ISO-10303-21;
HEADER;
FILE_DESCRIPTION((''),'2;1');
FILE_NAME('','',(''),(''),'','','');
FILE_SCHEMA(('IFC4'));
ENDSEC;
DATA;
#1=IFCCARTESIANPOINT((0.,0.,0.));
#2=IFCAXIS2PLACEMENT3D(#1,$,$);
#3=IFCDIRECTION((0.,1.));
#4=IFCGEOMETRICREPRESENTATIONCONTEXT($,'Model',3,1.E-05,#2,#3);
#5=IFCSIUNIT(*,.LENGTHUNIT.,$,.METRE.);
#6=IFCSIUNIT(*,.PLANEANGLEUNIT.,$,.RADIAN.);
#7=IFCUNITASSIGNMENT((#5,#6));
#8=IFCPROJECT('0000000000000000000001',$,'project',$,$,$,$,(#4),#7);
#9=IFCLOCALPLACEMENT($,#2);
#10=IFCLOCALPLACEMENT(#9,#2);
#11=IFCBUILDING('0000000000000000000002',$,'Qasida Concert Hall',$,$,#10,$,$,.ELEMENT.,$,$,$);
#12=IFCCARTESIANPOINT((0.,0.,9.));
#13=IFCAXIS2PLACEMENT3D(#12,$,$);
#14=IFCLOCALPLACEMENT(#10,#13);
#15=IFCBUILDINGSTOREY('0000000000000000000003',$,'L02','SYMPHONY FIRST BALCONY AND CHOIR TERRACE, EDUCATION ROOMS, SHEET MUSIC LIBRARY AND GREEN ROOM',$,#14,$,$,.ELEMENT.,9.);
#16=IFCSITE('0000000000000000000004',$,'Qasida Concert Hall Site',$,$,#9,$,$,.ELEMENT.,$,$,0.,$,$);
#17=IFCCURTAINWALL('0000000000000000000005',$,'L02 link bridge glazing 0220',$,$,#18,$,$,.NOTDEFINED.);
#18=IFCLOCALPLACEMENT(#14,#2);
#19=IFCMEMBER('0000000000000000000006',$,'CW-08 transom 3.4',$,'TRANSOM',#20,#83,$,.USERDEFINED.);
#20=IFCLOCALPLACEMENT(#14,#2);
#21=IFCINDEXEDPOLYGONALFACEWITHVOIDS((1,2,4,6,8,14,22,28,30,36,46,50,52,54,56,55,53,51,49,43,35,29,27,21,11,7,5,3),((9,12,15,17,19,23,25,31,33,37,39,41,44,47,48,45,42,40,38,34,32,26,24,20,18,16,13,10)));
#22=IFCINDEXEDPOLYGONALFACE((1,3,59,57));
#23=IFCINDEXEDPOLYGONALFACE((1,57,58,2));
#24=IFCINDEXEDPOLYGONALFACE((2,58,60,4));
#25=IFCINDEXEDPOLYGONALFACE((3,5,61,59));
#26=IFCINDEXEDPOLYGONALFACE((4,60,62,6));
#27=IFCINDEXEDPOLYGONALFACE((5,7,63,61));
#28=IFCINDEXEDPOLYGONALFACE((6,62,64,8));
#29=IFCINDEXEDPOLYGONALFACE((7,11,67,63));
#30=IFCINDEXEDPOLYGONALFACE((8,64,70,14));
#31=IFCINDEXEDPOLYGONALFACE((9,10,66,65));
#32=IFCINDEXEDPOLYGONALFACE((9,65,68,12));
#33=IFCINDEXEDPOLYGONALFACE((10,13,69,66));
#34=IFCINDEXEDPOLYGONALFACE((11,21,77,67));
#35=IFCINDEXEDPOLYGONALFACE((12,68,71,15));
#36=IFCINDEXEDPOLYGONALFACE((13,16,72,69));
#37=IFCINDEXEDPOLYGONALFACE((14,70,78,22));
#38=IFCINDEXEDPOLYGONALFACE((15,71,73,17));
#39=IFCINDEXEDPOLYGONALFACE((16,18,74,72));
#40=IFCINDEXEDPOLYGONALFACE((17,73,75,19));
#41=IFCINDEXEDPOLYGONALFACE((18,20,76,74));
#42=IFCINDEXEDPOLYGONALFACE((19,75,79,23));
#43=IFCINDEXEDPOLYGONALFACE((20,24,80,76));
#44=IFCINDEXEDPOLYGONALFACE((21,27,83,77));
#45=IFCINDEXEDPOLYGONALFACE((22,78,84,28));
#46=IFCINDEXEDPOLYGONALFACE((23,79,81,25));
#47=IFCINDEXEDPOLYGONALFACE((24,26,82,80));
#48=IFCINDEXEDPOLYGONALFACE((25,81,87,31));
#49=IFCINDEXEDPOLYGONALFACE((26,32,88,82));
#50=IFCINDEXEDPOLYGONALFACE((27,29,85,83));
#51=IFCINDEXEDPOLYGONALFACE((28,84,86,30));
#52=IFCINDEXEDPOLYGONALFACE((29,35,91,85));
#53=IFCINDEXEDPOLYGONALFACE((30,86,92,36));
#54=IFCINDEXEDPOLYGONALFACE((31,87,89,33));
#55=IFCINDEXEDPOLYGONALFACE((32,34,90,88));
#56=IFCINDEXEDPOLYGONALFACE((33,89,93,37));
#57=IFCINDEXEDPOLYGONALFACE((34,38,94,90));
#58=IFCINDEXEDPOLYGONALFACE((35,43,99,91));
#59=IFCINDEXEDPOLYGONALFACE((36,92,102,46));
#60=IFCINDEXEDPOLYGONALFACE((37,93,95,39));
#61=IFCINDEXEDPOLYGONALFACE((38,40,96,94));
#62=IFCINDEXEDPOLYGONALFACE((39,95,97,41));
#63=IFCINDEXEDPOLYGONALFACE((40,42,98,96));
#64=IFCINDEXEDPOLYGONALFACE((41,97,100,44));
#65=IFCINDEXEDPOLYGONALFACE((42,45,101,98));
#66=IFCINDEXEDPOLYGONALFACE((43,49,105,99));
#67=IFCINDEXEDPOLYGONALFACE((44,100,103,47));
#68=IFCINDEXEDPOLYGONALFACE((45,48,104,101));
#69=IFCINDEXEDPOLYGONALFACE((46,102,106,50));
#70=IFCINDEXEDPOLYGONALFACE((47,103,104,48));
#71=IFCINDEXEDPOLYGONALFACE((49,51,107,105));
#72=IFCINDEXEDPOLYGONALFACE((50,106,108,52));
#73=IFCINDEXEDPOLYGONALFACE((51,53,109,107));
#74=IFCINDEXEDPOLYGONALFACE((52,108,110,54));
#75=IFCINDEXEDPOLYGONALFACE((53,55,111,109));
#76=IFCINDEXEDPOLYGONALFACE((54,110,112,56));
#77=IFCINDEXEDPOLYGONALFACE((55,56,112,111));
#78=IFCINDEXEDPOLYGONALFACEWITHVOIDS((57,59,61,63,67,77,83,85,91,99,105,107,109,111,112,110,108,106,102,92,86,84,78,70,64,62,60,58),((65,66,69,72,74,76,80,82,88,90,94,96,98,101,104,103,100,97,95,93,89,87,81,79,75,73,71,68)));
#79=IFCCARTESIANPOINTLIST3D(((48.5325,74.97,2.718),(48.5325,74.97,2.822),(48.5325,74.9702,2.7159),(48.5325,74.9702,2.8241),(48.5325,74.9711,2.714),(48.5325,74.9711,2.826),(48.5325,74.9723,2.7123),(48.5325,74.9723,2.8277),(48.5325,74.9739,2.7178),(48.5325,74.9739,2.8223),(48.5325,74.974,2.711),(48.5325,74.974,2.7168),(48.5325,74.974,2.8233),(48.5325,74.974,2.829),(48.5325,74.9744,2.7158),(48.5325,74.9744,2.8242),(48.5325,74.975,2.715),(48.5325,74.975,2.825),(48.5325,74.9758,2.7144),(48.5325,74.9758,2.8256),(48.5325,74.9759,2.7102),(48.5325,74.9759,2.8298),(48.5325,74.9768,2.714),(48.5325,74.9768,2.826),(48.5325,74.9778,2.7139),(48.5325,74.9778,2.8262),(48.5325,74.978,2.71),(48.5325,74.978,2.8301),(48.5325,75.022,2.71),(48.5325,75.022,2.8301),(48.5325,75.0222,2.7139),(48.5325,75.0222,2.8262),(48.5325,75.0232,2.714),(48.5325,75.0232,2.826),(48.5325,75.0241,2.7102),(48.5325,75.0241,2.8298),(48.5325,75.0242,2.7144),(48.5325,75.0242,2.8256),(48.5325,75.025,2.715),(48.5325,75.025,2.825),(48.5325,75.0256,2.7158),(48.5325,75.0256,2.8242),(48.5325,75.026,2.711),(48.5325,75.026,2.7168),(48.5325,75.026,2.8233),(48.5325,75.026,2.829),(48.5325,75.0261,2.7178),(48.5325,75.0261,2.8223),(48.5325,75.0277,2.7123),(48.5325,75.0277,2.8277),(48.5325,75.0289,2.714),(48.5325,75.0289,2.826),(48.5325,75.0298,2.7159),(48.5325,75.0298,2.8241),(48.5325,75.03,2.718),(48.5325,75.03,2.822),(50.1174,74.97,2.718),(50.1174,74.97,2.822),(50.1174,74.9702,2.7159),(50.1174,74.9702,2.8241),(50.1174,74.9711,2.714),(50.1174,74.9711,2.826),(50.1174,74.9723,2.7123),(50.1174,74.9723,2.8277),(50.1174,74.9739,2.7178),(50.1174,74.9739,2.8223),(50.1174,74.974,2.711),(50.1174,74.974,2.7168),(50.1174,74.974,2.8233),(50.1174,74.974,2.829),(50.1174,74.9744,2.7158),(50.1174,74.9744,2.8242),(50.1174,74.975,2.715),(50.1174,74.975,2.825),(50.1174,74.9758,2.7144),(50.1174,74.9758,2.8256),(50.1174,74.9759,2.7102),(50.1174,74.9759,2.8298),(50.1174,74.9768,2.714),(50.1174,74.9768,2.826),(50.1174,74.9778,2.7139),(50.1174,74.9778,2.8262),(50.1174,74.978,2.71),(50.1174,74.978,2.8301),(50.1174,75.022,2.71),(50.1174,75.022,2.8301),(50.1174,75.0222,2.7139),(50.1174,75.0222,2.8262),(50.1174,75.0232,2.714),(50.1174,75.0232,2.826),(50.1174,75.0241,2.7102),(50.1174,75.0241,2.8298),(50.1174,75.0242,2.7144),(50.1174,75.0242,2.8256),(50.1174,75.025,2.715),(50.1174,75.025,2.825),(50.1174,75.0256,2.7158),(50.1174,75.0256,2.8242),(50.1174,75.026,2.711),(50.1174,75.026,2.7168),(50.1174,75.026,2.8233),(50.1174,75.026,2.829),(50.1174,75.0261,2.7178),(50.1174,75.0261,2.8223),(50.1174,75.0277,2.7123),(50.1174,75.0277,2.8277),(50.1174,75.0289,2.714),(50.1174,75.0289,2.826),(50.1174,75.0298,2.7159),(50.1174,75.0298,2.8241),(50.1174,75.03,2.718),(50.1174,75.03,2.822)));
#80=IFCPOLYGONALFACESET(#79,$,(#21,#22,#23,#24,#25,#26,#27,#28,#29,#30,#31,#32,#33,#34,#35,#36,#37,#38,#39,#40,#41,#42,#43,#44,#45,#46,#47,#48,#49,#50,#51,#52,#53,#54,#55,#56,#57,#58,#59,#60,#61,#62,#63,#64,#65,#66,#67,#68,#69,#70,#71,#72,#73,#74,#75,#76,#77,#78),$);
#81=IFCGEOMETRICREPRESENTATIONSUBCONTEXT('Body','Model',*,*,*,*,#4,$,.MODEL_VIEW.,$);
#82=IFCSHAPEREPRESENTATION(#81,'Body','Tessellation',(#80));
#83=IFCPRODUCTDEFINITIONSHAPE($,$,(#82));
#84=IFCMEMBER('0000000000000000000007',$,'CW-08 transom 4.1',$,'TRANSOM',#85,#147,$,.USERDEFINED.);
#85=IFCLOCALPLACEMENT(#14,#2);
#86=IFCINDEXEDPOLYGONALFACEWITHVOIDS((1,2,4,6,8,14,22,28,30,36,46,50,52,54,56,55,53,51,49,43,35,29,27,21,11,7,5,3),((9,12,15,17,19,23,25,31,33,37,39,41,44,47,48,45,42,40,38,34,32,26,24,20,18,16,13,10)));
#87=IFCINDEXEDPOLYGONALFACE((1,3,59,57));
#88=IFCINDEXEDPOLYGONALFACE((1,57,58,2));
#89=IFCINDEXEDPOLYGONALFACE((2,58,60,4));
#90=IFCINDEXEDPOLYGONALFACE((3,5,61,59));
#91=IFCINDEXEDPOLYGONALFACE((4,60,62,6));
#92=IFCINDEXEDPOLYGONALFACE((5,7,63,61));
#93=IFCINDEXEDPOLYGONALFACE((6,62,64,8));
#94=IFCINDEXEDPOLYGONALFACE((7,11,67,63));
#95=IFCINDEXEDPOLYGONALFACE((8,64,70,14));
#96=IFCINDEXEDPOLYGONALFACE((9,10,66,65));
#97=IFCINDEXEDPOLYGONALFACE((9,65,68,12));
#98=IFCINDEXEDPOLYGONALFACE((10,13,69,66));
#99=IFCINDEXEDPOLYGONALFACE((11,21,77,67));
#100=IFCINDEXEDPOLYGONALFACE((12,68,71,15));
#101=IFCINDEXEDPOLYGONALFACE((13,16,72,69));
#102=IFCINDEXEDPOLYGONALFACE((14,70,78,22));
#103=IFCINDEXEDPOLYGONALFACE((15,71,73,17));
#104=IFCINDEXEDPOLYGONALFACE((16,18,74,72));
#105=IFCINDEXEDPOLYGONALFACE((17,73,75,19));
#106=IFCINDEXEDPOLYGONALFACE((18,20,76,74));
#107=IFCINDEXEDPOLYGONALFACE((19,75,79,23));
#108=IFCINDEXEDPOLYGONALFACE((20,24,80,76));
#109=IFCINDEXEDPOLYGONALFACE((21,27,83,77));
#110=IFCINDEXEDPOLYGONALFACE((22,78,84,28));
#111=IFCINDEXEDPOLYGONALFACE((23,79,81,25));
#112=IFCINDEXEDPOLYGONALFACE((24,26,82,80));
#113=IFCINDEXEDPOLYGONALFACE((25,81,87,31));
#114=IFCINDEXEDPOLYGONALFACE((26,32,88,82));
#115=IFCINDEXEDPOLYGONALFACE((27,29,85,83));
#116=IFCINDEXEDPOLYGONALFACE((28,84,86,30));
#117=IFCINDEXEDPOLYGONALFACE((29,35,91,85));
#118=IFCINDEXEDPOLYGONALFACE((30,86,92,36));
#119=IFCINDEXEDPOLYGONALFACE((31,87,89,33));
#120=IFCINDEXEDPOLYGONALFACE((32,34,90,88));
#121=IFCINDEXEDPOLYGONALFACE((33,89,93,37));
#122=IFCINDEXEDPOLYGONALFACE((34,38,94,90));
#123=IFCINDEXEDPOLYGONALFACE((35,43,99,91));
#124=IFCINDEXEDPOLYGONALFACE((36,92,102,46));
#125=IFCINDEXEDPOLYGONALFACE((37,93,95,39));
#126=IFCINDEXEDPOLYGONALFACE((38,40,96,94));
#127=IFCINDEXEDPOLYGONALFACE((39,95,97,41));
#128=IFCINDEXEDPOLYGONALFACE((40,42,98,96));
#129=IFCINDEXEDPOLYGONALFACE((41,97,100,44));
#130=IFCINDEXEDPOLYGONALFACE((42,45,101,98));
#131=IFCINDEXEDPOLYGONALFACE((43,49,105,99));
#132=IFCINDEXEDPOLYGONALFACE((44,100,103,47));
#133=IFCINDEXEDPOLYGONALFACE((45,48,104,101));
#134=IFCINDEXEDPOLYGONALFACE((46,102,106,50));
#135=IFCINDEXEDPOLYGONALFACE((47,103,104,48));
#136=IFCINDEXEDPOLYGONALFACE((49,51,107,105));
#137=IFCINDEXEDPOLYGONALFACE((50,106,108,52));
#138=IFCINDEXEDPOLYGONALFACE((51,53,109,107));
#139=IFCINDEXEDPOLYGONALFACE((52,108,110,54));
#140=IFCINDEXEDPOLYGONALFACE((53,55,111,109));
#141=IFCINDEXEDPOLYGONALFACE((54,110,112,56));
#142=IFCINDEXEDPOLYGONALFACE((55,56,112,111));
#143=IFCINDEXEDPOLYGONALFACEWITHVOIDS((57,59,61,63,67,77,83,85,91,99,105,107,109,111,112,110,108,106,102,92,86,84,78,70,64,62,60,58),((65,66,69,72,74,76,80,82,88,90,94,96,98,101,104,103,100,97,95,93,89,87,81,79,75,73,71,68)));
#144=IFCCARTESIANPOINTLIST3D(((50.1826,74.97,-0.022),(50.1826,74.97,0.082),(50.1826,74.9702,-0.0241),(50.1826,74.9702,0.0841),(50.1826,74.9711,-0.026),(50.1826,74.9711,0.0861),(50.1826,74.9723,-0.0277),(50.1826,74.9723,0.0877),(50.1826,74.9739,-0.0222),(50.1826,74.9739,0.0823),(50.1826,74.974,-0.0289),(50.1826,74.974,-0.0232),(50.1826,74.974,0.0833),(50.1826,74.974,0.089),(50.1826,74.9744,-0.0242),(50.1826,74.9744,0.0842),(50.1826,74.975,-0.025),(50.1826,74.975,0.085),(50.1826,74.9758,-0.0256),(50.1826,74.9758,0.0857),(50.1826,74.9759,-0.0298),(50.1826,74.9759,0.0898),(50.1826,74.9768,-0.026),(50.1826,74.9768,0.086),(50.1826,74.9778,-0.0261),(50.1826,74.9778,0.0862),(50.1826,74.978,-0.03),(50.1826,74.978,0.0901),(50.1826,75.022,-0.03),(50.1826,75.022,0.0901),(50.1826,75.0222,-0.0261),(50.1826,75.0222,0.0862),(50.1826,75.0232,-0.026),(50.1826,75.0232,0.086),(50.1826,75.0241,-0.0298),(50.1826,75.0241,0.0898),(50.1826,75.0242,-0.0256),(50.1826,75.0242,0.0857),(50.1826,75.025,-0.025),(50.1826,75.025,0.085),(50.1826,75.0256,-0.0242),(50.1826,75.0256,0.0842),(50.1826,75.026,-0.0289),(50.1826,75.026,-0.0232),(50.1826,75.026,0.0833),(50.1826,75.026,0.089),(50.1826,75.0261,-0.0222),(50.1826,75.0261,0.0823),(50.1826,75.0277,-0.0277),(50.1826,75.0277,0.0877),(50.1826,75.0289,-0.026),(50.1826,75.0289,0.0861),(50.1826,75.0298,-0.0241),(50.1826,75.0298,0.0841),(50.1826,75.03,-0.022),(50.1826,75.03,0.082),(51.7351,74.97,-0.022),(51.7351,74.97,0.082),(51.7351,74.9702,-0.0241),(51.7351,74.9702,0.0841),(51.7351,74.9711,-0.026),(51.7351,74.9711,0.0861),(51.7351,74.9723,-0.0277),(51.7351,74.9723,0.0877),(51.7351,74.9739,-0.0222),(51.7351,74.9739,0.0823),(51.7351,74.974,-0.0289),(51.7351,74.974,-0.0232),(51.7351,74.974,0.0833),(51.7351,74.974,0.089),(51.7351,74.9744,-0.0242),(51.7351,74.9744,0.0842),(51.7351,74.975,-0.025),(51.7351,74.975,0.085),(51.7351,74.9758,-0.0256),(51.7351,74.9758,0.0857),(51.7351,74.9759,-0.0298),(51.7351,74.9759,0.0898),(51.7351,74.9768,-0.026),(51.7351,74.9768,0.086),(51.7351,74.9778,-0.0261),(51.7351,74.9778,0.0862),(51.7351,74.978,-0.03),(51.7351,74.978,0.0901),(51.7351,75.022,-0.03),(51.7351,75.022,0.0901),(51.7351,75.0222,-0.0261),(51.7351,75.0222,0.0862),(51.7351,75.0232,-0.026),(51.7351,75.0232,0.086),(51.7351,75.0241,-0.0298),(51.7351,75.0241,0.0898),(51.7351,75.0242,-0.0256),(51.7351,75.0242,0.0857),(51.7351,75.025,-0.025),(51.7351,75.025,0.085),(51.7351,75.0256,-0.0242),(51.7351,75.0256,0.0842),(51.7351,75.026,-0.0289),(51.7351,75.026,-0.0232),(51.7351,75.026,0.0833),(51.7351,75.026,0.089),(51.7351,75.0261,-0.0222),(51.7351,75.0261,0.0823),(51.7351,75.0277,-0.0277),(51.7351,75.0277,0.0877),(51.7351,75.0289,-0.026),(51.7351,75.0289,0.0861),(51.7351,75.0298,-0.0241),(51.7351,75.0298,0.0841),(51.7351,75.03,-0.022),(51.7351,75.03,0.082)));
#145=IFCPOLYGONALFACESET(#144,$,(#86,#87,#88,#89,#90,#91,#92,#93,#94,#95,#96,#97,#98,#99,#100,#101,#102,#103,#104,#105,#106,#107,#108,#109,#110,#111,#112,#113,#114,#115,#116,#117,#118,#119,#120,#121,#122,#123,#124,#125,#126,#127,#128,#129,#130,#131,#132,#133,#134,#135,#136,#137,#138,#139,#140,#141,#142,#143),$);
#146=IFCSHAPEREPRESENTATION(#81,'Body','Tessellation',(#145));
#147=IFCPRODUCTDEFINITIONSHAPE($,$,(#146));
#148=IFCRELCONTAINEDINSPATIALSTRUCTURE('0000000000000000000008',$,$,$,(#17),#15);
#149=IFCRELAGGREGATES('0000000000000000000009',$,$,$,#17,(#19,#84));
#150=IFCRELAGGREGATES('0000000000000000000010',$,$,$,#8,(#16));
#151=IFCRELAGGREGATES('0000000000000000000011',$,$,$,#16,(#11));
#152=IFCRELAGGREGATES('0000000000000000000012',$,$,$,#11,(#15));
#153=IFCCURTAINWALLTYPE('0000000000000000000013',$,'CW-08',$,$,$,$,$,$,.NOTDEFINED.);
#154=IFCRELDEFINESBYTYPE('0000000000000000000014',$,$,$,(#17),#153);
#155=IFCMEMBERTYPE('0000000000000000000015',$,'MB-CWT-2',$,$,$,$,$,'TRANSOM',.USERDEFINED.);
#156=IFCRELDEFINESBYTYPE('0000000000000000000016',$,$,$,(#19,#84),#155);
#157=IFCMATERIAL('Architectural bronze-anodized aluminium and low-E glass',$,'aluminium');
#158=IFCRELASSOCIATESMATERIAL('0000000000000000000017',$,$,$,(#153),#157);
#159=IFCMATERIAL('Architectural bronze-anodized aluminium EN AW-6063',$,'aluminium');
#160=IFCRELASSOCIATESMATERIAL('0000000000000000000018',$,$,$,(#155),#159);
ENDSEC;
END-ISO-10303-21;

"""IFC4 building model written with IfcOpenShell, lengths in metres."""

from ifc_helpers import new_model, si_unit, direction, frame, origin, origin_2d, place, context, subcontext, project, spatial, hollow_rectangle, extrude, material, material_profile, profile_set, type_object, element, aggregate, save


model = new_model("IFC4")

# Units and contexts
model_context = context("Model", 3, precision=1e-05, world=origin(), true_north=direction((0.0, 1.0)))
body_context = subcontext(model_context, "Body", "Model", "MODEL_VIEW")
ifc_project = project(units=[si_unit("LENGTHUNIT", "METRE"), si_unit("PLANEANGLEUNIT", "RADIAN")], contexts=[model_context])

# Site, building, storey
site_placement = place(None, origin())
site = spatial("IfcSite", under=ifc_project, at=site_placement, Name="Qasida Concert Hall Site", CompositionType="ELEMENT", RefElevation=0.0)
building_placement = place(site_placement, origin())
building = spatial("IfcBuilding", under=site, at=building_placement, Name="Qasida Concert Hall", CompositionType="ELEMENT")
storey_placement = place(building_placement, frame((0.0, 0.0, 9.0)))
storey = spatial("IfcBuildingStorey", under=building, at=storey_placement, Name="L02", Description="SYMPHONY FIRST BALCONY AND CHOIR TERRACE, EDUCATION ROOMS, SHEET MUSIC LIBRARY AND GREEN ROOM", CompositionType="ELEMENT", Elevation=9.0)

# Curtain wall, members
ifc_material_1 = material(Name="Architectural bronze-anodized aluminium and low-E glass", Category="aluminium")
curtain_wall_type = type_object("IfcCurtainWallType", Name="CW-08", PredefinedType="NOTDEFINED", material=ifc_material_1)
curtain_wall_placement = place(storey_placement, origin())
curtain_wall = element("IfcCurtainWall", 1, at=curtain_wall_placement, inside=storey, type_object=curtain_wall_type, Name="L02 link bridge glazing 0220", PredefinedType="NOTDEFINED")
ifc_material_2 = material(Name="Architectural bronze-anodized aluminium EN AW-6063", Category="aluminium")
ifc_material_profile_1 = material_profile(ifc_material_2, hollow_rectangle(XDim=0.0601, YDim=0.1201, WallThickness=0.0039, InnerFilletRadius=0.0039, OuterFilletRadius=0.0081, at=origin_2d()), Name="CWT 120x60x4")
ifc_profile_set_1 = profile_set([ifc_material_profile_1], Name="Architectural bronze-anodized aluminium EN AW-6063")
member_type_1 = type_object("IfcMemberType", Name="MB-CWT-2", ElementType="TRANSOM", PredefinedType="USERDEFINED", material=ifc_profile_set_1)
member_1_placement = place(storey_placement, frame((48.5325, 75.0, 2.77), z_axis=(1.0, 0.0, 0.0), x_axis=(0.0, 1.0, 0.0)))
member_1 = element("IfcMember", 2, at=member_1_placement, type_object=member_type_1, Name="CW-08 transom 3.4", ObjectType="TRANSOM", PredefinedType="USERDEFINED", context=body_context, shape_type="SweptSolid", body=[
    extrude(hollow_rectangle(XDim=0.0601, YDim=0.1201, WallThickness=0.0039, InnerFilletRadius=0.0039, OuterFilletRadius=0.0081, at=origin_2d()), origin(), (0.0, 0.0, 1.0), 1.585),
])
member_2_placement = place(storey_placement, frame((50.1826, 75.0, 0.03), z_axis=(1.0, 0.0, 0.0), x_axis=(0.0, 1.0, 0.0)))
member_2 = element("IfcMember", 3, at=member_2_placement, type_object=member_type_1, Name="CW-08 transom 4.1", ObjectType="TRANSOM", PredefinedType="USERDEFINED", context=body_context, shape_type="SweptSolid", body=[
    extrude(hollow_rectangle(XDim=0.0601, YDim=0.1201, WallThickness=0.0039, InnerFilletRadius=0.0039, OuterFilletRadius=0.0081, at=origin_2d()), origin(), (0.0, 0.0, 1.0), 1.5525),
])
aggregate(curtain_wall, [member_1, member_2])

save(model, "model.ifc")
